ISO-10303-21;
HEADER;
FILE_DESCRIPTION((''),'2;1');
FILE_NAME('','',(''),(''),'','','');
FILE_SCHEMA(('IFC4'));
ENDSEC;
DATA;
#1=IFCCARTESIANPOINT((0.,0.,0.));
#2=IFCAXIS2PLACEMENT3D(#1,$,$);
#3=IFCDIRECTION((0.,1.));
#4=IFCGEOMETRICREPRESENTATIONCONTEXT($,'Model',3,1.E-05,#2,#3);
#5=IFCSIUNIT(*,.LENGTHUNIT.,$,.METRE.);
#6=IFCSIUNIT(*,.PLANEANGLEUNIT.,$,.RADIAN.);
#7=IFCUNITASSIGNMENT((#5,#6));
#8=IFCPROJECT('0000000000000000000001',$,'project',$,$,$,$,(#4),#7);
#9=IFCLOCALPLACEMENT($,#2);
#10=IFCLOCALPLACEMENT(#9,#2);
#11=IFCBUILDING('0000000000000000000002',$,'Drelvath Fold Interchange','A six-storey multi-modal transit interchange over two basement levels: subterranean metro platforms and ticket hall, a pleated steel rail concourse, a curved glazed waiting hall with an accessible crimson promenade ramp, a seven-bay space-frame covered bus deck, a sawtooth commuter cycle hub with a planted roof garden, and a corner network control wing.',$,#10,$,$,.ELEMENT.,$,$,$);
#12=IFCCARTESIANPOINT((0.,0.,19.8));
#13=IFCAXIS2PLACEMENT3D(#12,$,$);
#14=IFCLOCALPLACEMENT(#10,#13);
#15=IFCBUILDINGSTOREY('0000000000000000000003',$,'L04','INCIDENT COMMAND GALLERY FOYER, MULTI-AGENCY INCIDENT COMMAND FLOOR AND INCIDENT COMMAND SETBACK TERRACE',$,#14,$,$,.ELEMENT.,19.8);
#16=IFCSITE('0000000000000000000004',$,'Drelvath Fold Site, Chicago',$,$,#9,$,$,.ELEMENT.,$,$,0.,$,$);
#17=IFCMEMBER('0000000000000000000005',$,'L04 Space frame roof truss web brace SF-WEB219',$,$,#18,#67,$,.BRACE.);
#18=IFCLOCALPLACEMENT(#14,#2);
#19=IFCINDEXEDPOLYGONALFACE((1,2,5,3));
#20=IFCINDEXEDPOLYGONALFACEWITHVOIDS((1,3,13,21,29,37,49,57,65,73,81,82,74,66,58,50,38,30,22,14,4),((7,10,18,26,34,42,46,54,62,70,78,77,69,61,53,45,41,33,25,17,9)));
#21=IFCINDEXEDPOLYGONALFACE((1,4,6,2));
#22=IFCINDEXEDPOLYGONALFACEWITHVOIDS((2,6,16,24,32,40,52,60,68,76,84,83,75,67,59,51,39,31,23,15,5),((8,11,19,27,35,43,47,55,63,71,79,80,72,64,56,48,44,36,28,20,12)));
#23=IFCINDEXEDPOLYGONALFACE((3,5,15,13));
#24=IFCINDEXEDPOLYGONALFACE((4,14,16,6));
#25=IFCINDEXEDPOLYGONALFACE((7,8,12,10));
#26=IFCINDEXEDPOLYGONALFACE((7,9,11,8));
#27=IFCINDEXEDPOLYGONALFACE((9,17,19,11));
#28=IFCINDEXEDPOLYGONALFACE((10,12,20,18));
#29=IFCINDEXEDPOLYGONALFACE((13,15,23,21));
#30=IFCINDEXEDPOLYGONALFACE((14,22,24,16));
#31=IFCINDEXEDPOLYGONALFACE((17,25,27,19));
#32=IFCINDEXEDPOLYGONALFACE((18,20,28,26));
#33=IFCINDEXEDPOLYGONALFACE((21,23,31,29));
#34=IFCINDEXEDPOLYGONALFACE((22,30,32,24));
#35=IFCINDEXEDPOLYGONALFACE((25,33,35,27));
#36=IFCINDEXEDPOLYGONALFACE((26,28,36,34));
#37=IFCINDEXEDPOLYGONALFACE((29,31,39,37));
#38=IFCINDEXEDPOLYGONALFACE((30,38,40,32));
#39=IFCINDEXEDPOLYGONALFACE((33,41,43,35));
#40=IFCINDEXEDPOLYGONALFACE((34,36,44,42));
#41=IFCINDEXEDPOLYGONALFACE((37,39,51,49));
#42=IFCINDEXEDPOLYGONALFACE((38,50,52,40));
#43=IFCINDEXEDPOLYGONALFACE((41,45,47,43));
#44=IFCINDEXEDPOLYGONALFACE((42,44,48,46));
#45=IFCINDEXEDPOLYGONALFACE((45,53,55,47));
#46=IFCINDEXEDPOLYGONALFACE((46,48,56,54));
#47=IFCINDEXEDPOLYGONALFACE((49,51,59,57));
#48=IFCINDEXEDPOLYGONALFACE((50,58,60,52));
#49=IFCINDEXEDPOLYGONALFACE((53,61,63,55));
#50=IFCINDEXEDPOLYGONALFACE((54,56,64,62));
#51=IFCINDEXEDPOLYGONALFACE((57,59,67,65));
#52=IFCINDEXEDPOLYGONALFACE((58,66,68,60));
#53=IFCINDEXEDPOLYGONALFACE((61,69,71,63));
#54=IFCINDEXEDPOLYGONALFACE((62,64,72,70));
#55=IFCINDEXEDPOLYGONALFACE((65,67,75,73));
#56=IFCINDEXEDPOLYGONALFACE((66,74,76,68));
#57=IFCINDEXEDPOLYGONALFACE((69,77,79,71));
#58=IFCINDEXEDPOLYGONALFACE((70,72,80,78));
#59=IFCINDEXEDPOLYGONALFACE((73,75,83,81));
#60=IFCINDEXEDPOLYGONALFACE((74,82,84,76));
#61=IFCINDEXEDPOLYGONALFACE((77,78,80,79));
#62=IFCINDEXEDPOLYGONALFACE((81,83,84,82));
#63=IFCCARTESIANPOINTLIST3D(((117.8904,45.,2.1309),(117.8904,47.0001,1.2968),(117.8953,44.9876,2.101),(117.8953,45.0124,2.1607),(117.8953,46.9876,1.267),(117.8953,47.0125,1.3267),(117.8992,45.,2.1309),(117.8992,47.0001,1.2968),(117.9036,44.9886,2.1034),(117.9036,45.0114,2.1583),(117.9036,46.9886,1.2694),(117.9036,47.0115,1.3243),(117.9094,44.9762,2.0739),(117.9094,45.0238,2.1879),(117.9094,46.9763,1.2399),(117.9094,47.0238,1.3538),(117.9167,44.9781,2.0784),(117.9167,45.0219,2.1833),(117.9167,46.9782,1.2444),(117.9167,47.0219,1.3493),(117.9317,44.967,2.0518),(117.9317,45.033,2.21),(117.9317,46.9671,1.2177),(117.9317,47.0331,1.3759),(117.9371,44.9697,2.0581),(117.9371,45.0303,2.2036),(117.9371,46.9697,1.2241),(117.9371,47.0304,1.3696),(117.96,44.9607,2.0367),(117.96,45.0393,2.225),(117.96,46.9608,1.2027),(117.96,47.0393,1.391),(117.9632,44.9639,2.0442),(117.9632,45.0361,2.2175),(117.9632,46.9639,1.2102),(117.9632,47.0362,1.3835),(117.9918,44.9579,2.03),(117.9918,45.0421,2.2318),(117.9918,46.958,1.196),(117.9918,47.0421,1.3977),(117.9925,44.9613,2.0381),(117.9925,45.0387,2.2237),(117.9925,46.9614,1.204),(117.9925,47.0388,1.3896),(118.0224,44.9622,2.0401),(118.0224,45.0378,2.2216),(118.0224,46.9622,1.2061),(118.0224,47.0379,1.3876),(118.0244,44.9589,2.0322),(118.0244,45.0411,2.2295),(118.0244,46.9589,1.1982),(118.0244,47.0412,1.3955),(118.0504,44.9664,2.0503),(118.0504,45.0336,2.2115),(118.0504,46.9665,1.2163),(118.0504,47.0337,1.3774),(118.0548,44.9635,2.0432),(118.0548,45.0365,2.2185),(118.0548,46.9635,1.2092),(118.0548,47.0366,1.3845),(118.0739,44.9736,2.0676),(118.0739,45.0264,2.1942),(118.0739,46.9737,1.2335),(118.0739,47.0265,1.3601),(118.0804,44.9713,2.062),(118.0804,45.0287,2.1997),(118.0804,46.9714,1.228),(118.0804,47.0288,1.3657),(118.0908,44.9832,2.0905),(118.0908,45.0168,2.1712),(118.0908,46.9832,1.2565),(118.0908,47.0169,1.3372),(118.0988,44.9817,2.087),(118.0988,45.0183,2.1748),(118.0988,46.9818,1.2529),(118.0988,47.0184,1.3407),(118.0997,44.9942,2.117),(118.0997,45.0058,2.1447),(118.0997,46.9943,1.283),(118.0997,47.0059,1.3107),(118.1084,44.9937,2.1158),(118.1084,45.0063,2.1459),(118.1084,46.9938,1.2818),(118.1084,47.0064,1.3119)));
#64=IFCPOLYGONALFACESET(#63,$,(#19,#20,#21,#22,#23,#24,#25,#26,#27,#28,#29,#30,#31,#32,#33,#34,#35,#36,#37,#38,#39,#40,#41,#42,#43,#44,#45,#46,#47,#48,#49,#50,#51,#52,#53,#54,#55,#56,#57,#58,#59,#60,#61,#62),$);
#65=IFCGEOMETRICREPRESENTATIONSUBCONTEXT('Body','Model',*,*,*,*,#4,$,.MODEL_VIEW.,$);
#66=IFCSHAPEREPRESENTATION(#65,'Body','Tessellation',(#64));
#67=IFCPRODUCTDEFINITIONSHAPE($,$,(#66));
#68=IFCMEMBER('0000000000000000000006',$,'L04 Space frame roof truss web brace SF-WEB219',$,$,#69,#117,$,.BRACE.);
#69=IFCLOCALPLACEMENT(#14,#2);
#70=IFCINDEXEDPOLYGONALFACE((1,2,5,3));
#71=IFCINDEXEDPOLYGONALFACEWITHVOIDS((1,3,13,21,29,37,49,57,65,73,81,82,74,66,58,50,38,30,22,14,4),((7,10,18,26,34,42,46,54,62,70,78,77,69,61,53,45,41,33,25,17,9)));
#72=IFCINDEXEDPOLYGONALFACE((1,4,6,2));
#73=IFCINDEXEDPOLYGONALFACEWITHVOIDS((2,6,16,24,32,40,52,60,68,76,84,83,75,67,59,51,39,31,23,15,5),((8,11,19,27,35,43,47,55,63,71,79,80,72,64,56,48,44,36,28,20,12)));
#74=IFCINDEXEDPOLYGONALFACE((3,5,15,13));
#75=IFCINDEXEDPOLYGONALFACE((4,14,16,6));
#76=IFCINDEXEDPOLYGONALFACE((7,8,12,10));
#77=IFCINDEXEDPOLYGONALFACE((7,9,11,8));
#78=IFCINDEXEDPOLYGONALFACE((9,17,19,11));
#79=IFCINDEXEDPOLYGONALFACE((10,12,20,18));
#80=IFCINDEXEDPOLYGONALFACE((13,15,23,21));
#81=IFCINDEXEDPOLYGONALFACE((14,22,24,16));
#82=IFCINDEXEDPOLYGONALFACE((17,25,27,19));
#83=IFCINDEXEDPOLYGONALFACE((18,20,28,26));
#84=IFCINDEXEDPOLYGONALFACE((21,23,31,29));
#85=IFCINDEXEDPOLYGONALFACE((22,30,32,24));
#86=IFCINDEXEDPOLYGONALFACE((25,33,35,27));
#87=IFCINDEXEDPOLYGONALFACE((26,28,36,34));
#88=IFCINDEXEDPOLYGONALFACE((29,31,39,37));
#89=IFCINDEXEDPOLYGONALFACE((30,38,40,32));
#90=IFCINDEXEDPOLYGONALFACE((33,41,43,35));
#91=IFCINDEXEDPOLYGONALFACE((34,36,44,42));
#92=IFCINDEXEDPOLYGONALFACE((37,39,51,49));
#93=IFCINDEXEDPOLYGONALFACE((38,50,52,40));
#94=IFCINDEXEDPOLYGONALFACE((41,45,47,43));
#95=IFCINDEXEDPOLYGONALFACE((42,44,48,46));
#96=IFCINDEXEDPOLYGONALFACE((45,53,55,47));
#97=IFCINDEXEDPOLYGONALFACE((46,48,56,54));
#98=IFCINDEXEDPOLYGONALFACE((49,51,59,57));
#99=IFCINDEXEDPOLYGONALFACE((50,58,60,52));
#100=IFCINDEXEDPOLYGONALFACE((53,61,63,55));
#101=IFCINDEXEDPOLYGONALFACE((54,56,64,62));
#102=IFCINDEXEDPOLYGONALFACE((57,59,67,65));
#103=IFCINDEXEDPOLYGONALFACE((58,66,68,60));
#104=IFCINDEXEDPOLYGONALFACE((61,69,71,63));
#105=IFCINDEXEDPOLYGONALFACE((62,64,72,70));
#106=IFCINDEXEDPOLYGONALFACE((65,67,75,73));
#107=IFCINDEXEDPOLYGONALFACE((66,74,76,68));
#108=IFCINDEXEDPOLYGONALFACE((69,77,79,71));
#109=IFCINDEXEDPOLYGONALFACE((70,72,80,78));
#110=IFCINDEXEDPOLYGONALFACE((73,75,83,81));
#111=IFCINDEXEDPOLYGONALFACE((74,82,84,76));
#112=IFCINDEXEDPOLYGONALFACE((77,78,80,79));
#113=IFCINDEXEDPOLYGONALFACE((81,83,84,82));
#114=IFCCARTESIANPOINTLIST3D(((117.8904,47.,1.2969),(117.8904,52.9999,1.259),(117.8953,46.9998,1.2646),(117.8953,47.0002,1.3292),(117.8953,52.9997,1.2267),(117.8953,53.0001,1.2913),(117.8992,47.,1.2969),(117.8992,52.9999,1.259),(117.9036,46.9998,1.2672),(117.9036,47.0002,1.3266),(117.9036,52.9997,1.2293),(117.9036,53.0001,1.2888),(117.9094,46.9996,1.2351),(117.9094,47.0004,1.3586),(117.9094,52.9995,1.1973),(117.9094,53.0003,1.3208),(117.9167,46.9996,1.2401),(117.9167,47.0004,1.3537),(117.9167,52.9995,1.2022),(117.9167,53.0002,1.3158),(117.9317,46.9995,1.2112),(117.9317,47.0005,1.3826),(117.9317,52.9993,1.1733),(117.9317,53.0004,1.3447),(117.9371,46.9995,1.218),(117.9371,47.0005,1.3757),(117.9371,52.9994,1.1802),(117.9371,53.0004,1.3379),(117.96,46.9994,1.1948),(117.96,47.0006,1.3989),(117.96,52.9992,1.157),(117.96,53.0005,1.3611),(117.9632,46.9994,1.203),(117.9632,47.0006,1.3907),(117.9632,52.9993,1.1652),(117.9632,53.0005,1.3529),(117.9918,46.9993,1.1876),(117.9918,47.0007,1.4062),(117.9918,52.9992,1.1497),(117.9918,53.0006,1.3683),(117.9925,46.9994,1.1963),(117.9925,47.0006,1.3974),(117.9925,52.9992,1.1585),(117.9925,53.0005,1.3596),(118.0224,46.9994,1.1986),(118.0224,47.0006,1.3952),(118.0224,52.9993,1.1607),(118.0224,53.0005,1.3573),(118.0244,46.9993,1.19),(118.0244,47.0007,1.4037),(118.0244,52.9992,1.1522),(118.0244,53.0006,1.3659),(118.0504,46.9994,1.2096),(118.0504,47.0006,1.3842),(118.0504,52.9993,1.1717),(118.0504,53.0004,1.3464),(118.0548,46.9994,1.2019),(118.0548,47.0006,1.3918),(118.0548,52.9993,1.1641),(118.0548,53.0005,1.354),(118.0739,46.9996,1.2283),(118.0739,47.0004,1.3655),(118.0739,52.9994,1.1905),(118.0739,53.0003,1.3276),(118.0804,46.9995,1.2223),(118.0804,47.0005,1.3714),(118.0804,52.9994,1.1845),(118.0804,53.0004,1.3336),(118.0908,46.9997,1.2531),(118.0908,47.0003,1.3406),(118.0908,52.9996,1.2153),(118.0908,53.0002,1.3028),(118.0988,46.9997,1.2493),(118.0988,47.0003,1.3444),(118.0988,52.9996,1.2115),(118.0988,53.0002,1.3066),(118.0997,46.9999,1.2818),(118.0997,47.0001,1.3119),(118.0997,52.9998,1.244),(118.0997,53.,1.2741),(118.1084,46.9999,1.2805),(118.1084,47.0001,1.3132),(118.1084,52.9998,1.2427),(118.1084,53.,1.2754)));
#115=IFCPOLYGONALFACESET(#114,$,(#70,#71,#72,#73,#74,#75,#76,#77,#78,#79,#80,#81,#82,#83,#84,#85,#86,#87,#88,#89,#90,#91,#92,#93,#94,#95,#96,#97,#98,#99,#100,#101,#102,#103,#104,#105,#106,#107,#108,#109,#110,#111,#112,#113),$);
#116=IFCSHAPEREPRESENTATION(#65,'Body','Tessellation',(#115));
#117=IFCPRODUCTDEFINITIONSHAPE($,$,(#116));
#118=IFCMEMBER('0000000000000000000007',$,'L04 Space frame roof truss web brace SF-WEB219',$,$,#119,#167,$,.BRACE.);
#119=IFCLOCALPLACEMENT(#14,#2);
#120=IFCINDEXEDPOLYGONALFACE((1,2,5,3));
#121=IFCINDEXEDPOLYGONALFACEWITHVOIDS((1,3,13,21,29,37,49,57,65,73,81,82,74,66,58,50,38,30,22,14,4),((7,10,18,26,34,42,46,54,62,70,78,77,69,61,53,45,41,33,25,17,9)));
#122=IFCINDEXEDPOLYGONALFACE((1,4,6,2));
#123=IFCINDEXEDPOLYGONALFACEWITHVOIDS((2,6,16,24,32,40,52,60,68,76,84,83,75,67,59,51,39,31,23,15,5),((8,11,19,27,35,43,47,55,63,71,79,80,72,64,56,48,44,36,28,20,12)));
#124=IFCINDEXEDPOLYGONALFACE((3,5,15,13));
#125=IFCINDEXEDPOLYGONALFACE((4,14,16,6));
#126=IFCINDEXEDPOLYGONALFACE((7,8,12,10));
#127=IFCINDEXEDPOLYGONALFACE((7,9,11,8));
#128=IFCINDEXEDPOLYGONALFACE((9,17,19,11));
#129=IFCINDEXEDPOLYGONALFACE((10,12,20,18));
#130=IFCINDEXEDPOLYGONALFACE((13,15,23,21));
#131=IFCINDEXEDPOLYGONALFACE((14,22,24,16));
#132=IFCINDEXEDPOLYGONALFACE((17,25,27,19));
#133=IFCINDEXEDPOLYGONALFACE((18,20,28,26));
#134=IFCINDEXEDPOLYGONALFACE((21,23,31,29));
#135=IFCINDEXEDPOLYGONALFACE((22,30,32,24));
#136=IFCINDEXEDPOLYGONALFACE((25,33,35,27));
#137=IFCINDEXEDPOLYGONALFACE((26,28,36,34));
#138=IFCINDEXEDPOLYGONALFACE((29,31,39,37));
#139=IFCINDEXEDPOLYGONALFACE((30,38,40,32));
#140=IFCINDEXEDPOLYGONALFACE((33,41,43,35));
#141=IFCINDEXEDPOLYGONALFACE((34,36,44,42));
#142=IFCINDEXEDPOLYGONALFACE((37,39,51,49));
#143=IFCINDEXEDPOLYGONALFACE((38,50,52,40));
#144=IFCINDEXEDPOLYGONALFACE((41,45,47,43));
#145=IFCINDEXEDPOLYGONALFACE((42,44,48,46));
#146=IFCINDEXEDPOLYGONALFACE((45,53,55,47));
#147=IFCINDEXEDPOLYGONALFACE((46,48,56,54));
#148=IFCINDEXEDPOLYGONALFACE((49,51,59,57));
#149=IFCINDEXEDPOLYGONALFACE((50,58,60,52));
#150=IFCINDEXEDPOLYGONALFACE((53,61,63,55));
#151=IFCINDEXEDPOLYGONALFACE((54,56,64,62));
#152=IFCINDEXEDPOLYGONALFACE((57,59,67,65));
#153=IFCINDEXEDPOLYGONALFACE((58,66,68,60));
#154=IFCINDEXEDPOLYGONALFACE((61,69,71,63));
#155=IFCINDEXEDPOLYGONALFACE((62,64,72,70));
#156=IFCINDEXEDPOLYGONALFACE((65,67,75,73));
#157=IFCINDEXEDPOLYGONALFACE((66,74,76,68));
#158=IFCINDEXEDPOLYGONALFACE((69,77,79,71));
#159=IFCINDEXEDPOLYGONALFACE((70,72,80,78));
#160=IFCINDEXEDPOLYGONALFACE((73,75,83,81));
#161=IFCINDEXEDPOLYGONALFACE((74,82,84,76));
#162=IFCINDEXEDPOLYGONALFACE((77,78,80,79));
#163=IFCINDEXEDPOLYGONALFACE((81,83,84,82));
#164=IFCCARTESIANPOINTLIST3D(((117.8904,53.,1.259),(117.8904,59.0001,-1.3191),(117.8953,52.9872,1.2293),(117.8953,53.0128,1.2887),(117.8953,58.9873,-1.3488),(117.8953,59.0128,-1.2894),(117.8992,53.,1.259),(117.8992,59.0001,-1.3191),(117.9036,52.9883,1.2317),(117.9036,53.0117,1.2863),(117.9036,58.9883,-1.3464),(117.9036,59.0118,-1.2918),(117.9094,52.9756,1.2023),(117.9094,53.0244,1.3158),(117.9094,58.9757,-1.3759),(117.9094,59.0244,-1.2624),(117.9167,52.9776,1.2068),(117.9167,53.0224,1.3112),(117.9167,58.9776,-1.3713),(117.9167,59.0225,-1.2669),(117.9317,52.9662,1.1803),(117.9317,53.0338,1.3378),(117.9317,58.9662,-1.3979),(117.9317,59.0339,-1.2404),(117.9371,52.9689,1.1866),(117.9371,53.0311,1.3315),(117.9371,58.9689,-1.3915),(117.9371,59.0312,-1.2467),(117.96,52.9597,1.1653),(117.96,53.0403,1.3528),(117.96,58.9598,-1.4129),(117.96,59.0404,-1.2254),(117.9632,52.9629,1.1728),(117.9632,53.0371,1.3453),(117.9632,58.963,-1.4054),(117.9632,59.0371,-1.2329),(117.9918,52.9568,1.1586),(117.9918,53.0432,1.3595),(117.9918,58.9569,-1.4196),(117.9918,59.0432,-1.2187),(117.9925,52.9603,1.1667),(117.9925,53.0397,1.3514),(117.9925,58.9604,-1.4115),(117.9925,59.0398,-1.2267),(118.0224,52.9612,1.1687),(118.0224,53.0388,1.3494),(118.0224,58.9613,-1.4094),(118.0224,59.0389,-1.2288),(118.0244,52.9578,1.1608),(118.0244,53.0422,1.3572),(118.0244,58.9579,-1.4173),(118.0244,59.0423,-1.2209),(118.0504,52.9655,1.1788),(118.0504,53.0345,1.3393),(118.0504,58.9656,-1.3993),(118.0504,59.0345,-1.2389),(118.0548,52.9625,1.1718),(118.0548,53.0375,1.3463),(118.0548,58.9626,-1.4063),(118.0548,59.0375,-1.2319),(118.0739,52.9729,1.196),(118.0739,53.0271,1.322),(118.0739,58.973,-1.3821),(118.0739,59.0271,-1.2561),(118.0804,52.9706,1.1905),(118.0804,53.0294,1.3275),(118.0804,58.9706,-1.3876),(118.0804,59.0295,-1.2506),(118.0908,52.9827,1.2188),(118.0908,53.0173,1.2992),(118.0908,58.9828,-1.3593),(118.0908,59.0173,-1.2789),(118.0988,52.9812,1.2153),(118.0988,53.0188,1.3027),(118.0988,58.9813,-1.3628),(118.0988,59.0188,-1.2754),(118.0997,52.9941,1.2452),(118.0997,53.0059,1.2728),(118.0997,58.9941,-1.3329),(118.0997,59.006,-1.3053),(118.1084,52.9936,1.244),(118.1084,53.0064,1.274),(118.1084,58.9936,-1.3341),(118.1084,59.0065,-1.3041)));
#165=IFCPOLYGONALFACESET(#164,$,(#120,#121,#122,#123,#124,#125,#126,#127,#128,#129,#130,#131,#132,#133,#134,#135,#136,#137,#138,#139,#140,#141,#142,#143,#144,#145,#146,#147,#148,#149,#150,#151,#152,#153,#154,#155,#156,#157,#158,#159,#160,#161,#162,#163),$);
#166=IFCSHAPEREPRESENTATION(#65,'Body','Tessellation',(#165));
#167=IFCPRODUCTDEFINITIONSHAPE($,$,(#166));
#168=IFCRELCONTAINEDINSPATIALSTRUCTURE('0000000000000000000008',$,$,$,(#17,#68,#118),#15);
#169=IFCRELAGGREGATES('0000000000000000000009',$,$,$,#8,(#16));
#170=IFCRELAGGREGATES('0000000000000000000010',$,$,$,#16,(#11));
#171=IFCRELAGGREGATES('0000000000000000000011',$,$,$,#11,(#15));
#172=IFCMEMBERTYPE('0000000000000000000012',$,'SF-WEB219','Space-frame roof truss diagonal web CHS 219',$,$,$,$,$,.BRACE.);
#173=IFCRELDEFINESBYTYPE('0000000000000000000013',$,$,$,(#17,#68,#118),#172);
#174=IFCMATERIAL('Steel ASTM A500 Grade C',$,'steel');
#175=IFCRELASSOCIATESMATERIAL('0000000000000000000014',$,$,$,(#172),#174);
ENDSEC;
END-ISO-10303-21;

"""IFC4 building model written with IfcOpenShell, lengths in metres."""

from ifc_helpers import new_model, si_unit, direction, frame, origin, origin_2d, place, context, subcontext, project, spatial, hollow_circle, extrude, material, material_profile, profile_set, type_object, element, save


model = new_model("IFC4")

# Units and contexts
model_context = context("Model", 3, precision=1e-05, world=origin(), true_north=direction((0.0, 1.0)))
body_context = subcontext(model_context, "Body", "Model", "MODEL_VIEW")
ifc_project = project(units=[si_unit("LENGTHUNIT", "METRE"), si_unit("PLANEANGLEUNIT", "RADIAN")], contexts=[model_context])

# Site, building, storey
site_placement = place(None, origin())
site = spatial("IfcSite", under=ifc_project, at=site_placement, Name="Drelvath Fold Site, Chicago", CompositionType="ELEMENT", RefElevation=0.0)
building_placement = place(site_placement, origin())
building = spatial("IfcBuilding", under=site, at=building_placement, Name="Drelvath Fold Interchange", Description="A six-storey multi-modal transit interchange over two basement levels: subterranean metro platforms and ticket hall, a pleated steel rail concourse, a curved glazed waiting hall with an accessible crimson promenade ramp, a seven-bay space-frame covered bus deck, a sawtooth commuter cycle hub with a planted roof garden, and a corner network control wing.", CompositionType="ELEMENT")
storey_placement = place(building_placement, frame((0.0, 0.0, 19.8)))
storey = spatial("IfcBuildingStorey", under=building, at=storey_placement, Name="L04", Description="INCIDENT COMMAND GALLERY FOYER, MULTI-AGENCY INCIDENT COMMAND FLOOR AND INCIDENT COMMAND SETBACK TERRACE", CompositionType="ELEMENT", Elevation=19.8)

# Shared definitions
ifc_material_1 = material(Name="Steel ASTM A500 Grade C", Category="steel")

# Members
ifc_material_profile_1 = material_profile(ifc_material_1, hollow_circle(Radius=0.1096, WallThickness=0.0088, at=origin_2d()), Name="HSS8.625X0.375")
ifc_profile_set_1 = profile_set([ifc_material_profile_1], Name="Steel ASTM A500 Grade C")
member_type_1 = type_object("IfcMemberType", Name="SF-WEB219", Description="Space-frame roof truss diagonal web CHS 219", PredefinedType="BRACE", material=ifc_profile_set_1)
member_1_placement = place(storey_placement, frame((118.0, 45.0, 2.1309), z_axis=(0.0, 0.92297, -0.384871), x_axis=(-1.0, 0.0, 0.0)))
element("IfcMember", 1, at=member_1_placement, inside=storey, type_object=member_type_1, Name="L04 Space frame roof truss web brace SF-WEB219", PredefinedType="BRACE", context=body_context, shape_type="SweptSolid", body=[
    extrude(hollow_circle(Radius=0.1096, WallThickness=0.0088, at=origin_2d()), origin(), (0.0, 0.0, 1.0), 2.167),
])
member_2_placement = place(storey_placement, frame((118.0, 47.0, 1.2969), z_axis=(0.0, 0.99998, -0.006307), x_axis=(-1.0, 0.0, 0.0)))
element("IfcMember", 2, at=member_2_placement, inside=storey, type_object=member_type_1, Name="L04 Space frame roof truss web brace SF-WEB219", PredefinedType="BRACE", context=body_context, shape_type="SweptSolid", body=[
    extrude(hollow_circle(Radius=0.1096, WallThickness=0.0088, at=origin_2d()), origin(), (0.0, 0.0, 1.0), 6.0),
])
member_3_placement = place(storey_placement, frame((118.0, 53.0, 1.259), z_axis=(0.0, 0.918773, -0.394785), x_axis=(-1.0, 0.0, 0.0)))
element("IfcMember", 3, at=member_3_placement, inside=storey, type_object=member_type_1, Name="L04 Space frame roof truss web brace SF-WEB219", PredefinedType="BRACE", context=body_context, shape_type="SweptSolid", body=[
    extrude(hollow_circle(Radius=0.1096, WallThickness=0.0088, at=origin_2d()), origin(), (0.0, 0.0, 1.0), 6.5305),
])

save(model, "model.ifc")
